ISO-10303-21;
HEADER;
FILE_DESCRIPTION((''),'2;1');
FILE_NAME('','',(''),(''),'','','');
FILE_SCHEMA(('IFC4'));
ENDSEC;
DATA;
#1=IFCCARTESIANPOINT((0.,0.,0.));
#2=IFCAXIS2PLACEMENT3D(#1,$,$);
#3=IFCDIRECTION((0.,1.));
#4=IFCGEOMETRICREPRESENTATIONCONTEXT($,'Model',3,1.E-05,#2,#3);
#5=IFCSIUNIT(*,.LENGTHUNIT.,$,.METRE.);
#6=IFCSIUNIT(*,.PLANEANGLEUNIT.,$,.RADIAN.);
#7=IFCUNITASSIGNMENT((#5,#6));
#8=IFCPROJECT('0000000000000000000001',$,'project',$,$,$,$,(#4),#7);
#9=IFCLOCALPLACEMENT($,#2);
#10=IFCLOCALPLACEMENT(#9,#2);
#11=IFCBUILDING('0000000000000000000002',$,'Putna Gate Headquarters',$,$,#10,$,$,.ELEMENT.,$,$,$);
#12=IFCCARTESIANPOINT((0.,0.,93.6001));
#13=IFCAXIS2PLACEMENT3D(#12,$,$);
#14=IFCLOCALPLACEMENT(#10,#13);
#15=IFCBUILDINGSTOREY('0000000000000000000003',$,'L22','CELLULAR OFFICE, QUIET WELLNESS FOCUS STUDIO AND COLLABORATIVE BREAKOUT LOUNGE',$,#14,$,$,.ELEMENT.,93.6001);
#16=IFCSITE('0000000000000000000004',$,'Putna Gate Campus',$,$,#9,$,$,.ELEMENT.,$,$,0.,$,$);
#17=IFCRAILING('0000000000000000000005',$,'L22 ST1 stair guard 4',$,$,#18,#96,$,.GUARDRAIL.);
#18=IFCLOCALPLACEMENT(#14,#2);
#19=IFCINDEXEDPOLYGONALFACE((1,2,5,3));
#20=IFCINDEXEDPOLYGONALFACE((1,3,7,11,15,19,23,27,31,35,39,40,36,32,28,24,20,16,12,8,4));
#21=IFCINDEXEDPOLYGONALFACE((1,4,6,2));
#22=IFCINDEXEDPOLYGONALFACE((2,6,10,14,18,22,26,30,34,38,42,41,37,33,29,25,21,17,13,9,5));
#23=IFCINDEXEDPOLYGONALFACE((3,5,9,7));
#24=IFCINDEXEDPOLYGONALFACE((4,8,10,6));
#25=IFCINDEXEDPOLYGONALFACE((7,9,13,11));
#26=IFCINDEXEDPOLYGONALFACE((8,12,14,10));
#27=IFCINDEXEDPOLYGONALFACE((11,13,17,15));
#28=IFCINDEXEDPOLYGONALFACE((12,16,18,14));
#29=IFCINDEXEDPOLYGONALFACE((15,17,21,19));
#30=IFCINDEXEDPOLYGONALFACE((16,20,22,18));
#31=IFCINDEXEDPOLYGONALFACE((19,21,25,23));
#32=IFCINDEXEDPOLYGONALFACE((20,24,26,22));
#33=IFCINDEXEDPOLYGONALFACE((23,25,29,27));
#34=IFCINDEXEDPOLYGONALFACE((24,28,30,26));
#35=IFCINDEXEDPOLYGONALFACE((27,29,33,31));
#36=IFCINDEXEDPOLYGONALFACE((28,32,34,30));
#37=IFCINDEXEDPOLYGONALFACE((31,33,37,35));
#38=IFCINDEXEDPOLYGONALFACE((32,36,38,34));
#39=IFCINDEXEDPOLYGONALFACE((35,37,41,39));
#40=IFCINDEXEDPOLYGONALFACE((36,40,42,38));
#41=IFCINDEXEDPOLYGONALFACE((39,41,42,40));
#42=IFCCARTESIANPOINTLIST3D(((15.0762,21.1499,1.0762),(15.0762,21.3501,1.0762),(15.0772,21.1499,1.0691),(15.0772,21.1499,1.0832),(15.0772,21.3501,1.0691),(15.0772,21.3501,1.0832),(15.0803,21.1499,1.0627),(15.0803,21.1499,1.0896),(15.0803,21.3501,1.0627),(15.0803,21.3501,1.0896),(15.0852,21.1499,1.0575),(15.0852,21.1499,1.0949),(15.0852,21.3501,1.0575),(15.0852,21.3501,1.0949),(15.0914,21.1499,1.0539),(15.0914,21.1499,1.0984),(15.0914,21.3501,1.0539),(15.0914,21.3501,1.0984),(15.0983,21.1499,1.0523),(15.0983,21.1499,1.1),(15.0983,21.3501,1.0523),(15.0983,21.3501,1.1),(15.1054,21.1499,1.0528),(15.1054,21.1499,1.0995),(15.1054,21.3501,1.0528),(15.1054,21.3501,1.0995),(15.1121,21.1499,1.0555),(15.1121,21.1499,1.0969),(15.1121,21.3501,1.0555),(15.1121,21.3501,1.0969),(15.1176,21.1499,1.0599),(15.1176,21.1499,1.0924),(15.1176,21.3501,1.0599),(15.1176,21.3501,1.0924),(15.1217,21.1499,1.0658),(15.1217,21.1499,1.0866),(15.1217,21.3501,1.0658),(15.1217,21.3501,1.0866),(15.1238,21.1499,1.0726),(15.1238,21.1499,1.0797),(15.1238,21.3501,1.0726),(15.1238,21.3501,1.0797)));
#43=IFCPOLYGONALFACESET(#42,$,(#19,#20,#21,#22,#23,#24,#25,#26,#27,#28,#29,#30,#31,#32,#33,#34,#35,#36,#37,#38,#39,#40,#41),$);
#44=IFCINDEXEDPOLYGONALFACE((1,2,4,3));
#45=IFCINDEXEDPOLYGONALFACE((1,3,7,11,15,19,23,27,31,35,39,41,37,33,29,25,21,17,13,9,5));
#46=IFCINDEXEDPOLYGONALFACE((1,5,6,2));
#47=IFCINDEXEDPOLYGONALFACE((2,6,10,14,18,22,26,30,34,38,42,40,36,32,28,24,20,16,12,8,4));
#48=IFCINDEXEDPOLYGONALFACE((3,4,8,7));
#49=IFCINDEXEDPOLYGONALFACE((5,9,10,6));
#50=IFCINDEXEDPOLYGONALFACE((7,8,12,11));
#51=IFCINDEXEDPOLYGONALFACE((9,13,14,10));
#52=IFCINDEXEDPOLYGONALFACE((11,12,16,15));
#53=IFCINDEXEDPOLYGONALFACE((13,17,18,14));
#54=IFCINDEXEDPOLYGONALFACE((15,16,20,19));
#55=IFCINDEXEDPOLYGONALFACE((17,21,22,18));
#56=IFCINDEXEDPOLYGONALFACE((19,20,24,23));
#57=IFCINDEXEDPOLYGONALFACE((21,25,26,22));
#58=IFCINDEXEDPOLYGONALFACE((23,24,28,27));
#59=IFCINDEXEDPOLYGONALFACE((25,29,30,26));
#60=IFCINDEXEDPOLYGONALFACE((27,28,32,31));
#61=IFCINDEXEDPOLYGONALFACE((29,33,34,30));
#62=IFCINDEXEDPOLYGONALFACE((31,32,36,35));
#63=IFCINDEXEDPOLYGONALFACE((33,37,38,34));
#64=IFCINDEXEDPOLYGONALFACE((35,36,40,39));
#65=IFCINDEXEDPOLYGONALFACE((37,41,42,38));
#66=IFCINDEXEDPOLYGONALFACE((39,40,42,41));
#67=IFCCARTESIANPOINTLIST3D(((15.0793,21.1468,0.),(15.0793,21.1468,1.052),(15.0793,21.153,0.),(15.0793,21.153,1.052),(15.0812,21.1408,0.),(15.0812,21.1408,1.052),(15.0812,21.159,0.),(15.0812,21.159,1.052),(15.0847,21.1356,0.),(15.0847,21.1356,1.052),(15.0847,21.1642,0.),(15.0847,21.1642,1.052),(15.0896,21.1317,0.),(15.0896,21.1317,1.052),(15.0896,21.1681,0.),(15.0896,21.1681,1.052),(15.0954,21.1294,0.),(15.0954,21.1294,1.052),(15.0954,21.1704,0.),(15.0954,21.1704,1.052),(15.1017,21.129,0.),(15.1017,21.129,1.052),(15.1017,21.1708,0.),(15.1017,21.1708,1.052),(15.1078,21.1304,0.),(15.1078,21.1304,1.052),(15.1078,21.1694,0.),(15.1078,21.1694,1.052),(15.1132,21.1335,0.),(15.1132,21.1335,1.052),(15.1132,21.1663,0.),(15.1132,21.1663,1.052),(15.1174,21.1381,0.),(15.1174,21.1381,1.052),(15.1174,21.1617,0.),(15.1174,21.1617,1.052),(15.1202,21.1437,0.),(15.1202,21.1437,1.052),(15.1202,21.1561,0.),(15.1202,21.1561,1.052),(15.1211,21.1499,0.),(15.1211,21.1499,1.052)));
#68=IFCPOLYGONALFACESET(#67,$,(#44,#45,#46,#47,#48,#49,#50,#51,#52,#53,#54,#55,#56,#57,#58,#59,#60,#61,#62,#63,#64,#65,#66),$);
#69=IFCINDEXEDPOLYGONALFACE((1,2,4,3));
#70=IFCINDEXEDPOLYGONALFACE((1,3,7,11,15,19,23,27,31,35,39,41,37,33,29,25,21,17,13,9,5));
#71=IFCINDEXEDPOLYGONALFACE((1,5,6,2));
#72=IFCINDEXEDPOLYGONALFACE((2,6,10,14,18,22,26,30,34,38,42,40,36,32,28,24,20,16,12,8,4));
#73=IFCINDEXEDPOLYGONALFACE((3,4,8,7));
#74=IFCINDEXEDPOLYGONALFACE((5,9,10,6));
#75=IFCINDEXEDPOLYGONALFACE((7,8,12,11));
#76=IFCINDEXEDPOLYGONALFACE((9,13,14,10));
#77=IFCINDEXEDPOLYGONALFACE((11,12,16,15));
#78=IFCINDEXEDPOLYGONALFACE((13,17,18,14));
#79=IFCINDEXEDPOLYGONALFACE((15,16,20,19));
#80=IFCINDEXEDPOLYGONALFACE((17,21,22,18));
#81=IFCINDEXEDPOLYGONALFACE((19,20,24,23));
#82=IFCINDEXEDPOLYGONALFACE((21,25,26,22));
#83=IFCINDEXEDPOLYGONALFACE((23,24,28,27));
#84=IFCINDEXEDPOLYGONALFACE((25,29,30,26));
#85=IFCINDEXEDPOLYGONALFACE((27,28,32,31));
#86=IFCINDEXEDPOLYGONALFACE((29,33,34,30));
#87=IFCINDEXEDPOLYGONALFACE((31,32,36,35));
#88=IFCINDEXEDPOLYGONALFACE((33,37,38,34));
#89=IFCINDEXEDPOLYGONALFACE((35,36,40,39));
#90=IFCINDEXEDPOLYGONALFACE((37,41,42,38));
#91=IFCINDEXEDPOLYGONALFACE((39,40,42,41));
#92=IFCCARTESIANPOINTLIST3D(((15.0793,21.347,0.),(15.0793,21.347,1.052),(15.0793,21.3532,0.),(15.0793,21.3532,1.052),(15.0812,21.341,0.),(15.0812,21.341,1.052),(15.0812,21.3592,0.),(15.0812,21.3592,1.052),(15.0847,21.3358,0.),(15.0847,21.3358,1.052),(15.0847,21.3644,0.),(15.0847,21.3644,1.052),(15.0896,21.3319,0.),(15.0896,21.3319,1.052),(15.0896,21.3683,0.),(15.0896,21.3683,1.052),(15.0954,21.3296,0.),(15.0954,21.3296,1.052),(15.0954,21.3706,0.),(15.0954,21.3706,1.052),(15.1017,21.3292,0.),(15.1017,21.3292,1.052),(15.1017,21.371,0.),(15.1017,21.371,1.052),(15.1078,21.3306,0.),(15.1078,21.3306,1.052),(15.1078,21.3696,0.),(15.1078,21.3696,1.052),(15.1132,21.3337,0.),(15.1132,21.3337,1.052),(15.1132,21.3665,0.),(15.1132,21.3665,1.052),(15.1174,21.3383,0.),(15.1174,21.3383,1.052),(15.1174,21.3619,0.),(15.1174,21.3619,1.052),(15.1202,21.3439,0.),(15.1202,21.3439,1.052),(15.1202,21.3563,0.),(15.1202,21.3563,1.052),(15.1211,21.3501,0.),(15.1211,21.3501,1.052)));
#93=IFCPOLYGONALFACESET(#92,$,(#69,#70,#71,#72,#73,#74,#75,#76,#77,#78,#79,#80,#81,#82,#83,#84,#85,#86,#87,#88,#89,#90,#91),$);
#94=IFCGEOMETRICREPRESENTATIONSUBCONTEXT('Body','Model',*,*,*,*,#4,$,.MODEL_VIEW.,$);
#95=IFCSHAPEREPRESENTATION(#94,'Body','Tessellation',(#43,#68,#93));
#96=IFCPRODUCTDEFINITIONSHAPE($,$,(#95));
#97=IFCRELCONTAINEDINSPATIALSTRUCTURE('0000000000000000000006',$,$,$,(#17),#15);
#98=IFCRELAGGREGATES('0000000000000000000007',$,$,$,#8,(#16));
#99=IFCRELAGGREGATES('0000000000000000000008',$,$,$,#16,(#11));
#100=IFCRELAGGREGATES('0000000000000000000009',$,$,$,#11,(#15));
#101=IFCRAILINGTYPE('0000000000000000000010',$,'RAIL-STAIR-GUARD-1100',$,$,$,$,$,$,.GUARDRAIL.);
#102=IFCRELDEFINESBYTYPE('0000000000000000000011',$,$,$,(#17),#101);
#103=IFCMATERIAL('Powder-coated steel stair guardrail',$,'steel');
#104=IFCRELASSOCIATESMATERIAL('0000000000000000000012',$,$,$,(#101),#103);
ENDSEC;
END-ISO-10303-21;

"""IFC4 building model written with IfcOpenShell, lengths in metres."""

from ifc_helpers import new_model, si_unit, direction, frame, origin, origin_2d, place, context, subcontext, project, spatial, circle, extrude, material, type_object, element, save


model = new_model("IFC4")

# Units and contexts
model_context = context("Model", 3, precision=1e-05, world=origin(), true_north=direction((0.0, 1.0)))
body_context = subcontext(model_context, "Body", "Model", "MODEL_VIEW")
ifc_project = project(units=[si_unit("LENGTHUNIT", "METRE"), si_unit("PLANEANGLEUNIT", "RADIAN")], contexts=[model_context])

# Site, building, storey
site_placement = place(None, origin())
site = spatial("IfcSite", under=ifc_project, at=site_placement, Name="Putna Gate Campus", CompositionType="ELEMENT", RefElevation=0.0)
building_placement = place(site_placement, origin())
building = spatial("IfcBuilding", under=site, at=building_placement, Name="Putna Gate Headquarters", CompositionType="ELEMENT")
storey_placement = place(building_placement, frame((0.0, 0.0, 93.6001)))
storey = spatial("IfcBuildingStorey", under=building, at=storey_placement, Name="L22", Description="CELLULAR OFFICE, QUIET WELLNESS FOCUS STUDIO AND COLLABORATIVE BREAKOUT LOUNGE", CompositionType="ELEMENT", Elevation=93.6001)

# Railing
ifc_material_1 = material(Name="Powder-coated steel stair guardrail", Category="steel")
railing_type = type_object("IfcRailingType", Name="RAIL-STAIR-GUARD-1100", PredefinedType="GUARDRAIL", material=ifc_material_1)
railing_1_placement = place(storey_placement, frame((15.1001, 21.1499, 0.0)))
element("IfcRailing", 1, at=railing_1_placement, inside=storey, type_object=railing_type, Name="L22 ST1 stair guard 4", PredefinedType="GUARDRAIL", context=body_context, shape_type="SweptSolid", body=[
    extrude(circle(Radius=0.0239, at=origin_2d()), frame((0.0, 0.0, 1.0762), z_axis=(0.0, 1.0, 0.0), x_axis=(-1.0, 0.0, 0.0)), (0.0, 0.0, 1.0), 0.2002),
    extrude(circle(Radius=0.021, at=origin_2d()), origin(), (0.0, 0.0, 1.0), 1.052),
    extrude(circle(Radius=0.021, at=origin_2d()), frame((0.0, 0.2002, 0.0)), (0.0, 0.0, 1.0), 1.052),
])

save(model, "model.ifc")
